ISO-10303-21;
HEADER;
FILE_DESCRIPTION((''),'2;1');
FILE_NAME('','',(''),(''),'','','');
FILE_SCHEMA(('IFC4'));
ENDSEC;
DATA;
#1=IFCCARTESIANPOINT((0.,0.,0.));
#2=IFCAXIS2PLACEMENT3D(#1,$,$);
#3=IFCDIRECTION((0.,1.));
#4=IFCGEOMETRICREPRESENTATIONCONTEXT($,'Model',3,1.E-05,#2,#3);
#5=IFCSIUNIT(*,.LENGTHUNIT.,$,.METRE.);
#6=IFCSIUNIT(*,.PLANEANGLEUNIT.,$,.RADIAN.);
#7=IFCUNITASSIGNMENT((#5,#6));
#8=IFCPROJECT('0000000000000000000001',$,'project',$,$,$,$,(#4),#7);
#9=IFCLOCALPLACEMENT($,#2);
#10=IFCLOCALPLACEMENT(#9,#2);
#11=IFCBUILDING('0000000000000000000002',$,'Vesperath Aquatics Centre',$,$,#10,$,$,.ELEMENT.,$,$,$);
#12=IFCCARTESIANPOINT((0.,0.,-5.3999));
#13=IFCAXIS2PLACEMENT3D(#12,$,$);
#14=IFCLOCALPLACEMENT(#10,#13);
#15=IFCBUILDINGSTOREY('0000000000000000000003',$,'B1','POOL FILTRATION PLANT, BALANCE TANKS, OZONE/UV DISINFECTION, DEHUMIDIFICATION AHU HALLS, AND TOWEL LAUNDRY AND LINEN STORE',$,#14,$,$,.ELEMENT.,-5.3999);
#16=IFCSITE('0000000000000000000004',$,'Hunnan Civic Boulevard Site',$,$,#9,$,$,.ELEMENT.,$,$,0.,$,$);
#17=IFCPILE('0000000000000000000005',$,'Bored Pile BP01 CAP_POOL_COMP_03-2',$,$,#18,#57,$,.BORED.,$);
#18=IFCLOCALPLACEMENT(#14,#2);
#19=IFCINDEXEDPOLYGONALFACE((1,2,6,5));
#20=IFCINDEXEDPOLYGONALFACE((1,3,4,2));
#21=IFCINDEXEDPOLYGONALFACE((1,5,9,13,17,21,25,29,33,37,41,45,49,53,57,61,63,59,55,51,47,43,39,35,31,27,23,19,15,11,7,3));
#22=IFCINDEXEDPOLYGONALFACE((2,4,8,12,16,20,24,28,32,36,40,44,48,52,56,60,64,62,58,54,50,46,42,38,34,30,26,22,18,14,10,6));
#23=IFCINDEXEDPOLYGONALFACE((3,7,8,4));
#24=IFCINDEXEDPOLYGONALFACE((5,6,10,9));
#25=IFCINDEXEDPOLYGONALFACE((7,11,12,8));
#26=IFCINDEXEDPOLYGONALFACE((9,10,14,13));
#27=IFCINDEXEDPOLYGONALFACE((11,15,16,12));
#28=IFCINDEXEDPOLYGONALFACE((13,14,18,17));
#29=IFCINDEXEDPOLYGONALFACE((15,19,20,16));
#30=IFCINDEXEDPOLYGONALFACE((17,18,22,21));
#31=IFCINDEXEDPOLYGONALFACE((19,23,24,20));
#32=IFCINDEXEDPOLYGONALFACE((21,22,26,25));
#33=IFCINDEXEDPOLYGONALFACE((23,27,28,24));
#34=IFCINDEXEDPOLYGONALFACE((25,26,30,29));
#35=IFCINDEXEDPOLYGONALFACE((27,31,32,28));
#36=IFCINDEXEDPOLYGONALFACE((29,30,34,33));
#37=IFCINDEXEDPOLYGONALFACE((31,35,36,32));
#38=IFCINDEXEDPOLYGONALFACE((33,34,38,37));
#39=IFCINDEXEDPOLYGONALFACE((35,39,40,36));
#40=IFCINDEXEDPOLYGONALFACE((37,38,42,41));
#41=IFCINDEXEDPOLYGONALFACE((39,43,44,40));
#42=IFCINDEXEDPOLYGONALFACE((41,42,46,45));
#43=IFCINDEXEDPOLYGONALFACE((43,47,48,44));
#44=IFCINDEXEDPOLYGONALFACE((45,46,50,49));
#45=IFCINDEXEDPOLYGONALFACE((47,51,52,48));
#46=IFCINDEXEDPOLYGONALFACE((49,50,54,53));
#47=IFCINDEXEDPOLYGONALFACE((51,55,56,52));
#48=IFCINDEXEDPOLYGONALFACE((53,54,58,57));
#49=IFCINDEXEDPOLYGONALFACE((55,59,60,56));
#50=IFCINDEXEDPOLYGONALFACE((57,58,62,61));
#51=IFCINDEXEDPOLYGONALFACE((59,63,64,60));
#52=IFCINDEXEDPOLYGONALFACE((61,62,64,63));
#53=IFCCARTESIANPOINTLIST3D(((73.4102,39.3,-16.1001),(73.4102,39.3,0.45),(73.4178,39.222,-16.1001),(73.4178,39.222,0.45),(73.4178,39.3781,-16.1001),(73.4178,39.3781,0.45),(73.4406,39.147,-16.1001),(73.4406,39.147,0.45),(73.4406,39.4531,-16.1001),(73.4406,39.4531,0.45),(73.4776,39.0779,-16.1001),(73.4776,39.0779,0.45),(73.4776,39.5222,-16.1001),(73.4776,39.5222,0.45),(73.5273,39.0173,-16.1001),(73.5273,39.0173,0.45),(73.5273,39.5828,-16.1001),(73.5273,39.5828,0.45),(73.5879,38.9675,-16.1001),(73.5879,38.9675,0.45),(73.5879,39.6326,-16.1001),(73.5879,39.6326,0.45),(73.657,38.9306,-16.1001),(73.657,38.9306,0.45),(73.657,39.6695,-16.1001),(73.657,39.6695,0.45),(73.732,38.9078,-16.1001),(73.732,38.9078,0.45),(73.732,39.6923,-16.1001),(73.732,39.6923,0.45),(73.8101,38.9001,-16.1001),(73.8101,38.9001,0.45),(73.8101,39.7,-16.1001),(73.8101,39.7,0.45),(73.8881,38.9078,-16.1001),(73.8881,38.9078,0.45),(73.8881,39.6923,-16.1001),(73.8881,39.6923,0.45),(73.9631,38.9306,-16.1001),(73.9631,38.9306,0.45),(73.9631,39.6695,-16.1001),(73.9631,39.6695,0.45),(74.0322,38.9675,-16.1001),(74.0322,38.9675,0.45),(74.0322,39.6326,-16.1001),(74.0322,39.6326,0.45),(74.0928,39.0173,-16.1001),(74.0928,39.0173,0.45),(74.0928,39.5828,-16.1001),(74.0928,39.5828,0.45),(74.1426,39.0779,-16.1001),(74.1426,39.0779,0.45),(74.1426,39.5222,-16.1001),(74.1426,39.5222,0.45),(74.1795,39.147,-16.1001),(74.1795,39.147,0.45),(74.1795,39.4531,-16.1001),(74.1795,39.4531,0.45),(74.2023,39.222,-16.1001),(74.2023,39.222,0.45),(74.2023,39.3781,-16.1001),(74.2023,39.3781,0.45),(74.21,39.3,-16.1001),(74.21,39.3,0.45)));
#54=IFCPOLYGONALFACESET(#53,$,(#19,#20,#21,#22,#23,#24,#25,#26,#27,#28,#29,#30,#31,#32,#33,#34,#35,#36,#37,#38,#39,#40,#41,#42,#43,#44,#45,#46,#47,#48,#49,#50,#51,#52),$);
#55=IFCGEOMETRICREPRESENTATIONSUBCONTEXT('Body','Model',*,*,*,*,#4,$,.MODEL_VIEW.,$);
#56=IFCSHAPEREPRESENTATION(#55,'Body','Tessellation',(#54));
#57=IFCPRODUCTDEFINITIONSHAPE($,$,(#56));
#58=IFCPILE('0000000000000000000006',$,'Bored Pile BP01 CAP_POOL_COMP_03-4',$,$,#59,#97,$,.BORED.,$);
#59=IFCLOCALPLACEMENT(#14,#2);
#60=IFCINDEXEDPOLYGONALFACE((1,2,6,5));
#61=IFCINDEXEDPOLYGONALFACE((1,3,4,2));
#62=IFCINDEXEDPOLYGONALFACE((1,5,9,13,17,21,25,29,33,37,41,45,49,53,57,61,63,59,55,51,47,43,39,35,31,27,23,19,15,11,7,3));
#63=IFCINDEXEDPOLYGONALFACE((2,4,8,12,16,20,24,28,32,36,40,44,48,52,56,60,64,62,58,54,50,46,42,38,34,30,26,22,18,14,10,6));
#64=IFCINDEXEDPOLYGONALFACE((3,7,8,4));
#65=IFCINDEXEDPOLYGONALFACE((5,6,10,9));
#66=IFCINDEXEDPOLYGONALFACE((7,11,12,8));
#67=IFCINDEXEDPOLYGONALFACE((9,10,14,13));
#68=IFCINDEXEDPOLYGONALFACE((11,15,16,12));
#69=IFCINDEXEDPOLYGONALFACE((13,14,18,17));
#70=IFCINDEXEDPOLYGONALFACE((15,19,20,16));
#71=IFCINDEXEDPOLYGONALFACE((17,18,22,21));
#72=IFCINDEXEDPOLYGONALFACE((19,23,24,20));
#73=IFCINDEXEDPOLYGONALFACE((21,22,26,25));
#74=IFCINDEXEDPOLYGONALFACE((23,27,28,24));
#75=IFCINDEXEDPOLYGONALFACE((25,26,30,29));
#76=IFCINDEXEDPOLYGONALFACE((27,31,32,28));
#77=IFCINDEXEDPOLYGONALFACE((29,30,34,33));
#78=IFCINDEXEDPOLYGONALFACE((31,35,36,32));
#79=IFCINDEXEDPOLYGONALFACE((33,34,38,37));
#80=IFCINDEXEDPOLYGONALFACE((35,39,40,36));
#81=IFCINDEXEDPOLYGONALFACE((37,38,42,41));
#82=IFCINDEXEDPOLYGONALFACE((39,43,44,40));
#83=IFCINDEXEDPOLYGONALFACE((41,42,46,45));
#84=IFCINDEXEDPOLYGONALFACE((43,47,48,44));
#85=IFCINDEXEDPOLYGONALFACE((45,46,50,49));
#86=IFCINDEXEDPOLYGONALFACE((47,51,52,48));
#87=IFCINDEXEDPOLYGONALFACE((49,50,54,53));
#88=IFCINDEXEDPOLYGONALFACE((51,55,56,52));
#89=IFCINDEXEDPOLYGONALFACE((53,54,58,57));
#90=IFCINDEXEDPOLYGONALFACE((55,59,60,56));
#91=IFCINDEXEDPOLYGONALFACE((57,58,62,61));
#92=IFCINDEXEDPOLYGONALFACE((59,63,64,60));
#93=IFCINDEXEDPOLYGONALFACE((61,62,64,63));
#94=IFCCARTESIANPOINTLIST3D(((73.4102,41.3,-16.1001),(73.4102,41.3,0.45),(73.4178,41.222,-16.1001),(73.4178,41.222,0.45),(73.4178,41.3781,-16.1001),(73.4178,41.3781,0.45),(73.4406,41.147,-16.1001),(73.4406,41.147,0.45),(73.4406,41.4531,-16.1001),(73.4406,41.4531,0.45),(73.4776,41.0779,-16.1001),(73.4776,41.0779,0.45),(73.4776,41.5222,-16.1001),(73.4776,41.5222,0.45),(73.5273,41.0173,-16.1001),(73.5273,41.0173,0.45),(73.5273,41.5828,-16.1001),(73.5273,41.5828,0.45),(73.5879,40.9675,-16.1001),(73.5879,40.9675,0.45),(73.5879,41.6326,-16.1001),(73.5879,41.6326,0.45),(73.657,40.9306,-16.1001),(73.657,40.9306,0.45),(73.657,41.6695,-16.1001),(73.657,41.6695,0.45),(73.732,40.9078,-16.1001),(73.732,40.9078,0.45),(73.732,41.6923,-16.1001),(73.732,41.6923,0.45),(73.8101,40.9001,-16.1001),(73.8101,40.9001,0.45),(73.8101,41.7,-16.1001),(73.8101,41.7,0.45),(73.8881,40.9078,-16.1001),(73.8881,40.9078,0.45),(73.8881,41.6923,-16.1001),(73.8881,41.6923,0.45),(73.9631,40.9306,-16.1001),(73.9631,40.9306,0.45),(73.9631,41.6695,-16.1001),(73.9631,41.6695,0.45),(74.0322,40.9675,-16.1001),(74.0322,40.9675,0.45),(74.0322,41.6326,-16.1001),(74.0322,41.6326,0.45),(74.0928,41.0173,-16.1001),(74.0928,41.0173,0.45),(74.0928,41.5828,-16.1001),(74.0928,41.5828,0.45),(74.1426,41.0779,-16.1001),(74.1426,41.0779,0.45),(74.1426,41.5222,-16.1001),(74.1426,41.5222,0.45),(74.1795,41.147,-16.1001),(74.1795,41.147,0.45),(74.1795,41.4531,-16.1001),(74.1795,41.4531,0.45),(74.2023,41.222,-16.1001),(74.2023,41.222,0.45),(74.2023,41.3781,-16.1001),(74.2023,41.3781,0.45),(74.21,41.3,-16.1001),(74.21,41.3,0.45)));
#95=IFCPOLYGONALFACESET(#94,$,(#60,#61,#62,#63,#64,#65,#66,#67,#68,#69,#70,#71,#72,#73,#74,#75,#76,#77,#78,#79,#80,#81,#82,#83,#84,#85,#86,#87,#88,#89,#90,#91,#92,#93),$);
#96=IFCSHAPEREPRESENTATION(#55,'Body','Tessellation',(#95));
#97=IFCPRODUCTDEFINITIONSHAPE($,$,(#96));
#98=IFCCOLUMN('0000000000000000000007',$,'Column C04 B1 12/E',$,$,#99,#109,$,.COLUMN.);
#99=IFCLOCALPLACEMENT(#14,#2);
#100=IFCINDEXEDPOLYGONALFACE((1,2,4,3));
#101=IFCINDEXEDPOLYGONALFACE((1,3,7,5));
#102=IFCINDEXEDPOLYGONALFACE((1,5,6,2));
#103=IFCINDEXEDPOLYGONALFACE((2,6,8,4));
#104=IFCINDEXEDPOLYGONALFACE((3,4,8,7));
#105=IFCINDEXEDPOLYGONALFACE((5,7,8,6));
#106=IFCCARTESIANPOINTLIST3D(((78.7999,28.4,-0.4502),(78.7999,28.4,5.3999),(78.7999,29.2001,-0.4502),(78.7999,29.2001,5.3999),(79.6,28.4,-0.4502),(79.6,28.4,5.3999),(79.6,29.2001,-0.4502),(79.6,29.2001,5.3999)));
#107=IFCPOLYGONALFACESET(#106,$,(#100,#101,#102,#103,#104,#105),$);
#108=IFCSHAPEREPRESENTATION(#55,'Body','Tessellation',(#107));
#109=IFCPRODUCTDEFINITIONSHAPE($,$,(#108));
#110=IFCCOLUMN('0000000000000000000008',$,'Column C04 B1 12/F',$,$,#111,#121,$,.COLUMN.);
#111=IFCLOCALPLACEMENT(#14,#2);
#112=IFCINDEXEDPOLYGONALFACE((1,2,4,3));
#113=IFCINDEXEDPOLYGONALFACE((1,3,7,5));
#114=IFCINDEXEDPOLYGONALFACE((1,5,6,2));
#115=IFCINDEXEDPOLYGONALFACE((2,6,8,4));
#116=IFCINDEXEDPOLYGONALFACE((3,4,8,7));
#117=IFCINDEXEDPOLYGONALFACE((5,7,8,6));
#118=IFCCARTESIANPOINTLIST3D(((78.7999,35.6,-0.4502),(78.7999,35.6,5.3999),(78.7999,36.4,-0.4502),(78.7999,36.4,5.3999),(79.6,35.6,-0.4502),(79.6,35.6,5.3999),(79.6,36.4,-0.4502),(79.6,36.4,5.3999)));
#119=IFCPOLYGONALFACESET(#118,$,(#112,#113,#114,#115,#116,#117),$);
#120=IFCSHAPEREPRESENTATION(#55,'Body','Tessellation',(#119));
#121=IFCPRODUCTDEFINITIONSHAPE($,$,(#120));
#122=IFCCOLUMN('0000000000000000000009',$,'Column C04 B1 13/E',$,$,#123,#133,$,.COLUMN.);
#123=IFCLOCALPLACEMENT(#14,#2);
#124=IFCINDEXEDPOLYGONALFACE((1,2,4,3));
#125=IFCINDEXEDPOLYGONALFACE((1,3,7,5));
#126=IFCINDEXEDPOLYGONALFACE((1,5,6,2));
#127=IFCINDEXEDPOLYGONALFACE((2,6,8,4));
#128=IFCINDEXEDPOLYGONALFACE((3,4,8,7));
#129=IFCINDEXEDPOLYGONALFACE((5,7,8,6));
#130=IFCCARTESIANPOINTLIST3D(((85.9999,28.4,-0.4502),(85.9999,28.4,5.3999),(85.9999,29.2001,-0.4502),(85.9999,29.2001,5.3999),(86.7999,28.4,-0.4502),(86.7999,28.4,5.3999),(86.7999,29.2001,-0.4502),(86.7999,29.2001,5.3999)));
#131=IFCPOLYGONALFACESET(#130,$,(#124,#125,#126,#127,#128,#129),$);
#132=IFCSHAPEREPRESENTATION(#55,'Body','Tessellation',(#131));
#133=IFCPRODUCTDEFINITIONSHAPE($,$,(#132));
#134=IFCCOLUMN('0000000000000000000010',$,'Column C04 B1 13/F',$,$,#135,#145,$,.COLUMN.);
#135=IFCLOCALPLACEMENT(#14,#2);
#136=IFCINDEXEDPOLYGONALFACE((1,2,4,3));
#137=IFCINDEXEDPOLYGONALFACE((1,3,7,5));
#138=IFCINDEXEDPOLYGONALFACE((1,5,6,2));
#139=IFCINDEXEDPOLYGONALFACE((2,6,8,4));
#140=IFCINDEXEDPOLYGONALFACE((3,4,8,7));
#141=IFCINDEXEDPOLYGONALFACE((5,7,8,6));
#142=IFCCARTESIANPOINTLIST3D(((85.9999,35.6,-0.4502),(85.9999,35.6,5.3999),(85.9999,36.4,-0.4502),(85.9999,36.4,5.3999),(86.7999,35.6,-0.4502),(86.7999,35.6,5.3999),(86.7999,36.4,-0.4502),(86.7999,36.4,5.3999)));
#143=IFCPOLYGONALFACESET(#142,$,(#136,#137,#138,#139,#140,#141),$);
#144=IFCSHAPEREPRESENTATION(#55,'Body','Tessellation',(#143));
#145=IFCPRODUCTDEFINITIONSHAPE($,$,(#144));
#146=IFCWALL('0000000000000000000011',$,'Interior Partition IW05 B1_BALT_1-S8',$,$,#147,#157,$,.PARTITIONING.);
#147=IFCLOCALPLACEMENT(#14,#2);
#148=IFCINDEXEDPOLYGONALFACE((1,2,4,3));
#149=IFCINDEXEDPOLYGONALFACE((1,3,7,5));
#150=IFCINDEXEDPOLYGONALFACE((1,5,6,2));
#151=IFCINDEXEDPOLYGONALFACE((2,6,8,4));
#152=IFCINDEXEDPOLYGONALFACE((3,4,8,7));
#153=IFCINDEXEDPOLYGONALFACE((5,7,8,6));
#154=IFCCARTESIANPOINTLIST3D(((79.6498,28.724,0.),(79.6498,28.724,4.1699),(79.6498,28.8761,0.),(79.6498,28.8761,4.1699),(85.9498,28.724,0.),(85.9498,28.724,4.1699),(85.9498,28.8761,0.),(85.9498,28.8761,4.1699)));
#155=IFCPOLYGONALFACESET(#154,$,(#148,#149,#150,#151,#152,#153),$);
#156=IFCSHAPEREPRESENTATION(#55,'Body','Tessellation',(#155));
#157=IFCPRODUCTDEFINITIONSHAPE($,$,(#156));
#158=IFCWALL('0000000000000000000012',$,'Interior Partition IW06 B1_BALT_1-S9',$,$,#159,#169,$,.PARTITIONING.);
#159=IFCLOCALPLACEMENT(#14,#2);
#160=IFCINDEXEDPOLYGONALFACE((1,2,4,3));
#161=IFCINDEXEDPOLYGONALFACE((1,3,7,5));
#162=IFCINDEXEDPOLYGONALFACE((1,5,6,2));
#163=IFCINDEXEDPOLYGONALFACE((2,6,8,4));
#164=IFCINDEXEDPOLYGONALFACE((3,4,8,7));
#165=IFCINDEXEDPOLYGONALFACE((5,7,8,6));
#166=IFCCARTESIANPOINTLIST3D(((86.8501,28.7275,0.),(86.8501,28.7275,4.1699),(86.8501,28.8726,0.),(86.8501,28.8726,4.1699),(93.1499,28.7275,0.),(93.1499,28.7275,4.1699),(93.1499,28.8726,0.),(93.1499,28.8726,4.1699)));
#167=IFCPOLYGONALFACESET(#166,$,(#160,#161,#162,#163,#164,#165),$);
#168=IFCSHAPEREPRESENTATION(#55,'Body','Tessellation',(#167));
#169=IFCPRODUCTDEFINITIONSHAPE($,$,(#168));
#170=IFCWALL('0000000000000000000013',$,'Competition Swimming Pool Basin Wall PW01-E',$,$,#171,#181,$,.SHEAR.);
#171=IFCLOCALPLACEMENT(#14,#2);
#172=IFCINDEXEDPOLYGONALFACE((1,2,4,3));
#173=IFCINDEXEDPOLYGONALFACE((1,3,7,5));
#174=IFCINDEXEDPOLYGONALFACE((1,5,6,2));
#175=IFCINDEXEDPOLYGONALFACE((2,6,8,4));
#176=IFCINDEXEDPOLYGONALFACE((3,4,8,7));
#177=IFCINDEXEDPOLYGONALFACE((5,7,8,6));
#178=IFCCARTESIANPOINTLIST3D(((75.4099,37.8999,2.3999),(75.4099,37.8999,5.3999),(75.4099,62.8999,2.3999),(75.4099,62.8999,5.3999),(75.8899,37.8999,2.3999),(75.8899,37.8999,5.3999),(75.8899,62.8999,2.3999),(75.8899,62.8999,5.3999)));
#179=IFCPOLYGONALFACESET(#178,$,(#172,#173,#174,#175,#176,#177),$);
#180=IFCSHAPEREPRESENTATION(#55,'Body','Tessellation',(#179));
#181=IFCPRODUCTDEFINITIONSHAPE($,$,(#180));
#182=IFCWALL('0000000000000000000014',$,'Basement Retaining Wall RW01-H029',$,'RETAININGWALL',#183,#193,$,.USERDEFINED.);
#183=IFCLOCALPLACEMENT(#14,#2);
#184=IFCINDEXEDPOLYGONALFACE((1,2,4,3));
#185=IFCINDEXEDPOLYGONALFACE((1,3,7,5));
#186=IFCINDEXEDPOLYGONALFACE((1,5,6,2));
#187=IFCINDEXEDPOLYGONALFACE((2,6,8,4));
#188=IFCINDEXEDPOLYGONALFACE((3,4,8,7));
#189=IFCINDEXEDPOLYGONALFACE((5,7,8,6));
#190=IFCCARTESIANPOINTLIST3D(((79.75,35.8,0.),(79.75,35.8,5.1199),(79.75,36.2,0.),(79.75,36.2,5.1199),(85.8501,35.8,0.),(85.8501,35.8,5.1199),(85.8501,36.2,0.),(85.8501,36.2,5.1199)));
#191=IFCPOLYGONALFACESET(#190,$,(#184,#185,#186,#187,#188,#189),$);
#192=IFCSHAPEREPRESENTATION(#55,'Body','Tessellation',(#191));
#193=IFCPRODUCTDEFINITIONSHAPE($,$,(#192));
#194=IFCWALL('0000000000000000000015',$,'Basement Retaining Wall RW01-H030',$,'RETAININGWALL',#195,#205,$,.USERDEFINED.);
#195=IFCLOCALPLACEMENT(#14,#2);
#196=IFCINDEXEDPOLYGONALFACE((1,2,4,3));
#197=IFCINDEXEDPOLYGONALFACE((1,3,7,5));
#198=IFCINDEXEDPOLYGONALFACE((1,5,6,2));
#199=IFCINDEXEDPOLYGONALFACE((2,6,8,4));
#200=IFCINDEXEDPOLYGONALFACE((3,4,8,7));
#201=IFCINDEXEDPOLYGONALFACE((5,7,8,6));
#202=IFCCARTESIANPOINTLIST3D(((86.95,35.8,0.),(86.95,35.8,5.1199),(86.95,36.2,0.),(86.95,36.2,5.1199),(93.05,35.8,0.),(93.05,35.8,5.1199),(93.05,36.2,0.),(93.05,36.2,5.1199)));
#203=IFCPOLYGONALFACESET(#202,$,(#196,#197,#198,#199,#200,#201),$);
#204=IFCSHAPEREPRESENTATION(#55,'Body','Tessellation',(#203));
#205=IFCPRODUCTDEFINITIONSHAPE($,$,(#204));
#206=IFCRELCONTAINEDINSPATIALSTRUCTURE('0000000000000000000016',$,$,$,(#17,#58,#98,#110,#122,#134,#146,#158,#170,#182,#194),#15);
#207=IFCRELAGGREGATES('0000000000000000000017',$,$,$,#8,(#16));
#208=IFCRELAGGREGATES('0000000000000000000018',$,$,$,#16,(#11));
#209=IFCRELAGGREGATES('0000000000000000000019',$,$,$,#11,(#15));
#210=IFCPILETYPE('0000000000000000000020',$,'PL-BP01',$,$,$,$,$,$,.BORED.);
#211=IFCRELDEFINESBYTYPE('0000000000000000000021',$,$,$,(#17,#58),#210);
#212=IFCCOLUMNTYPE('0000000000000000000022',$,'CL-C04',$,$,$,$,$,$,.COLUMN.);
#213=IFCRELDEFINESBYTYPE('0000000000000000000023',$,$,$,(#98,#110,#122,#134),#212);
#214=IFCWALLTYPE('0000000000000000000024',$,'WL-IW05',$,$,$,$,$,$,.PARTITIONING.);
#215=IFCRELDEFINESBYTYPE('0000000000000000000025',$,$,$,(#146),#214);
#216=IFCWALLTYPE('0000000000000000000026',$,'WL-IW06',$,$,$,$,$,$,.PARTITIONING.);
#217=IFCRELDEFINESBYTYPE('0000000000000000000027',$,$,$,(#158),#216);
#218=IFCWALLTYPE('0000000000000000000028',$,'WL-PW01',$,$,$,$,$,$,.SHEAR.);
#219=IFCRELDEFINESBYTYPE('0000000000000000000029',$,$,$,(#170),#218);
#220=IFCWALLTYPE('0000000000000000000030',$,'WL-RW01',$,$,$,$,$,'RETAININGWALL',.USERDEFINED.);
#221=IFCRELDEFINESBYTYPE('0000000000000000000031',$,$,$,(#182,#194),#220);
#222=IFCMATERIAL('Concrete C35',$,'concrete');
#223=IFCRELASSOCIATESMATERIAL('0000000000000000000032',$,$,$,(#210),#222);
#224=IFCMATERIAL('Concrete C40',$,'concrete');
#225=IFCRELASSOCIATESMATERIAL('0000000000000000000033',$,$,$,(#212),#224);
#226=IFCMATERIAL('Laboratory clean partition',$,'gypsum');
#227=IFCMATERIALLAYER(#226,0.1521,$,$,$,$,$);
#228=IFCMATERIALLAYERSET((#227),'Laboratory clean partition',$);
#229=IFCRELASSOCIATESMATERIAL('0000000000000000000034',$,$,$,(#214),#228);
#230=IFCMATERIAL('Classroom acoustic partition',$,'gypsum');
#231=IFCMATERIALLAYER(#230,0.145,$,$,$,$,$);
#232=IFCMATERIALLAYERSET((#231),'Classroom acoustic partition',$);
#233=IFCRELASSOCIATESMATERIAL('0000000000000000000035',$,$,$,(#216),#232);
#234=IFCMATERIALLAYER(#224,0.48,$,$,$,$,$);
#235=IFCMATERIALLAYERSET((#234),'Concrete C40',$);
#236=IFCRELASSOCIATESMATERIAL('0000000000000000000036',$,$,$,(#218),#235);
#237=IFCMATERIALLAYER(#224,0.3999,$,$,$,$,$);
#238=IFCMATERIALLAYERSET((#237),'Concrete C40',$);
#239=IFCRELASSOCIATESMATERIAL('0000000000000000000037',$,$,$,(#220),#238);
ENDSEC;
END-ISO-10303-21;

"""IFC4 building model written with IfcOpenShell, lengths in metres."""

from ifc_helpers import new_model, si_unit, direction, frame, frame_2d, origin, origin_2d, place, context, subcontext, project, spatial, rectangle, circle, extrude, material, layer, layer_set, material_profile, profile_set, type_object, element, save


model = new_model("IFC4")

# Units and contexts
model_context = context("Model", 3, precision=1e-05, world=origin(), true_north=direction((0.0, 1.0)))
body_context = subcontext(model_context, "Body", "Model", "MODEL_VIEW")
ifc_project = project(units=[si_unit("LENGTHUNIT", "METRE"), si_unit("PLANEANGLEUNIT", "RADIAN")], contexts=[model_context])

# Site, building, storey
site_placement = place(None, origin())
site = spatial("IfcSite", under=ifc_project, at=site_placement, Name="Hunnan Civic Boulevard Site", CompositionType="ELEMENT", RefElevation=0.0)
building_placement = place(site_placement, origin())
building = spatial("IfcBuilding", under=site, at=building_placement, Name="Vesperath Aquatics Centre", CompositionType="ELEMENT")
storey_placement = place(building_placement, frame((0.0, 0.0, -5.3999)))
storey = spatial("IfcBuildingStorey", under=building, at=storey_placement, Name="B1", Description="POOL FILTRATION PLANT, BALANCE TANKS, OZONE/UV DISINFECTION, DEHUMIDIFICATION AHU HALLS, AND TOWEL LAUNDRY AND LINEN STORE", CompositionType="ELEMENT", Elevation=-5.3999)

# Shared definitions
ifc_material_1 = material(Name="Concrete C40", Category="concrete")

# Piles
ifc_material_2 = material(Name="Concrete C35", Category="concrete")
ifc_material_profile_1 = material_profile(ifc_material_2, circle(Radius=0.3999, at=origin_2d()), Name="PILE D800")
ifc_profile_set_1 = profile_set([ifc_material_profile_1], Name="Concrete C35")
pile_type = type_object("IfcPileType", Name="PL-BP01", PredefinedType="BORED", material=ifc_profile_set_1)
for number, where, z_axis, x_axis, name in (
    (1, (73.8101, 39.3, 0.45), (0.0, 0.0, -1.0), (1.0, 0.0, 0.0), "Bored Pile BP01 CAP_POOL_COMP_03-2"),
    (2, (73.8101, 41.3, 0.45), (0.0, 0.0, -1.0), (1.0, 0.0, 0.0), "Bored Pile BP01 CAP_POOL_COMP_03-4"),
):
    element("IfcPile", number, at=place(storey_placement, frame(where, z_axis=z_axis, x_axis=x_axis)), inside=storey, type_object=pile_type, Name=name, PredefinedType="BORED", context=body_context, shape_type="SweptSolid", body=[
        extrude(circle(Radius=0.3999, at=origin_2d()), origin(), (0.0, 0.0, 1.0), 16.55),
    ])

# Columns
ifc_material_profile_2 = material_profile(ifc_material_1, rectangle(XDim=0.8, YDim=0.8, at=origin_2d()), Name="RC 800x800")
ifc_profile_set_2 = profile_set([ifc_material_profile_2], Name="Concrete C40")
column_type = type_object("IfcColumnType", Name="CL-C04", PredefinedType="COLUMN", material=ifc_profile_set_2)
for number, where, z_axis, x_axis, name in (
    (3, (79.2, 28.8, -0.4502), (0.0, 0.0, 1.0), (1.0, 0.0, 0.0), "Column C04 B1 12/E"),
    (4, (79.2, 36.0, -0.4502), (0.0, 0.0, 1.0), (1.0, 0.0, 0.0), "Column C04 B1 12/F"),
    (5, (86.3999, 28.8, -0.4502), (0.0, 0.0, 1.0), (1.0, 0.0, 0.0), "Column C04 B1 13/E"),
    (6, (86.3999, 36.0, -0.4502), (0.0, 0.0, 1.0), (1.0, 0.0, 0.0), "Column C04 B1 13/F"),
):
    element("IfcColumn", number, at=place(storey_placement, frame(where, z_axis=z_axis, x_axis=x_axis)), inside=storey, type_object=column_type, Name=name, PredefinedType="COLUMN", context=body_context, shape_type="SweptSolid", body=[
        extrude(rectangle(XDim=0.8, YDim=0.8, at=origin_2d()), origin(), (0.0, 0.0, 1.0), 5.8501),
    ])

# Walls
ifc_material_3 = material(Name="Laboratory clean partition", Category="gypsum")
ifc_layer_1 = layer(ifc_material_3, 0.1521)
ifc_layer_set_1 = layer_set([ifc_layer_1], Name="Laboratory clean partition")
wall_type_1 = type_object("IfcWallType", Name="WL-IW05", PredefinedType="PARTITIONING", material=ifc_layer_set_1)
wall_1_placement = place(storey_placement, frame((79.6499, 28.8, 0.0), z_axis=(0.0, 0.0, 1.0), x_axis=(1.0, 0.0, 0.0)))
element("IfcWall", 7, at=wall_1_placement, inside=storey, type_object=wall_type_1, Name="Interior Partition IW05 B1_BALT_1-S8", PredefinedType="PARTITIONING", context=body_context, shape_type="SweptSolid", body=[
    extrude(rectangle(XDim=6.3, YDim=0.1521, at=frame_2d((3.1499, 0.0))), origin(), (0.0, 0.0, 1.0), 4.1699),
])
ifc_material_4 = material(Name="Classroom acoustic partition", Category="gypsum")
ifc_layer_2 = layer(ifc_material_4, 0.145)
ifc_layer_set_2 = layer_set([ifc_layer_2], Name="Classroom acoustic partition")
wall_type_2 = type_object("IfcWallType", Name="WL-IW06", PredefinedType="PARTITIONING", material=ifc_layer_set_2)
wall_2_placement = place(storey_placement, frame((86.8501, 28.8, 0.0), z_axis=(0.0, 0.0, 1.0), x_axis=(1.0, 0.0, 0.0)))
element("IfcWall", 8, at=wall_2_placement, inside=storey, type_object=wall_type_2, Name="Interior Partition IW06 B1_BALT_1-S9", PredefinedType="PARTITIONING", context=body_context, shape_type="SweptSolid", body=[
    extrude(rectangle(XDim=6.2998, YDim=0.145, at=frame_2d((3.1499, 0.0))), origin(), (0.0, 0.0, 1.0), 4.1699),
])
ifc_layer_3 = layer(ifc_material_1, 0.48)
ifc_layer_set_3 = layer_set([ifc_layer_3], Name="Concrete C40")
wall_type_3 = type_object("IfcWallType", Name="WL-PW01", PredefinedType="SHEAR", material=ifc_layer_set_3)
wall_3_placement = place(storey_placement, frame((75.6499, 37.8999, 2.3999), z_axis=(0.0, 0.0, 1.0), x_axis=(0.0, 1.0, 0.0)))
element("IfcWall", 9, at=wall_3_placement, inside=storey, type_object=wall_type_3, Name="Competition Swimming Pool Basin Wall PW01-E", PredefinedType="SHEAR", context=body_context, shape_type="SweptSolid", body=[
    extrude(rectangle(XDim=25.0, YDim=0.48, at=frame_2d((12.5, 0.0))), origin(), (0.0, 0.0, 1.0), 3.0),
])
ifc_layer_4 = layer(ifc_material_1, 0.3999)
ifc_layer_set_4 = layer_set([ifc_layer_4], Name="Concrete C40")
wall_type_4 = type_object("IfcWallType", Name="WL-RW01", ElementType="RETAININGWALL", PredefinedType="USERDEFINED", material=ifc_layer_set_4)
for number, where, z_axis, x_axis, name in (
    (10, (79.75, 36.0, 0.0), (0.0, 0.0, 1.0), (1.0, 0.0, 0.0), "Basement Retaining Wall RW01-H029"),
    (11, (86.95, 36.0, 0.0), (0.0, 0.0, 1.0), (1.0, 0.0, 0.0), "Basement Retaining Wall RW01-H030"),
):
    element("IfcWall", number, at=place(storey_placement, frame(where, z_axis=z_axis, x_axis=x_axis)), inside=storey, type_object=wall_type_4, Name=name, ObjectType="RETAININGWALL", PredefinedType="USERDEFINED", context=body_context, shape_type="SweptSolid", body=[
        extrude(rectangle(XDim=6.1001, YDim=0.3999, at=frame_2d((3.05, 0.0))), origin(), (0.0, 0.0, 1.0), 5.1199),
    ])

save(model, "model.ifc")
